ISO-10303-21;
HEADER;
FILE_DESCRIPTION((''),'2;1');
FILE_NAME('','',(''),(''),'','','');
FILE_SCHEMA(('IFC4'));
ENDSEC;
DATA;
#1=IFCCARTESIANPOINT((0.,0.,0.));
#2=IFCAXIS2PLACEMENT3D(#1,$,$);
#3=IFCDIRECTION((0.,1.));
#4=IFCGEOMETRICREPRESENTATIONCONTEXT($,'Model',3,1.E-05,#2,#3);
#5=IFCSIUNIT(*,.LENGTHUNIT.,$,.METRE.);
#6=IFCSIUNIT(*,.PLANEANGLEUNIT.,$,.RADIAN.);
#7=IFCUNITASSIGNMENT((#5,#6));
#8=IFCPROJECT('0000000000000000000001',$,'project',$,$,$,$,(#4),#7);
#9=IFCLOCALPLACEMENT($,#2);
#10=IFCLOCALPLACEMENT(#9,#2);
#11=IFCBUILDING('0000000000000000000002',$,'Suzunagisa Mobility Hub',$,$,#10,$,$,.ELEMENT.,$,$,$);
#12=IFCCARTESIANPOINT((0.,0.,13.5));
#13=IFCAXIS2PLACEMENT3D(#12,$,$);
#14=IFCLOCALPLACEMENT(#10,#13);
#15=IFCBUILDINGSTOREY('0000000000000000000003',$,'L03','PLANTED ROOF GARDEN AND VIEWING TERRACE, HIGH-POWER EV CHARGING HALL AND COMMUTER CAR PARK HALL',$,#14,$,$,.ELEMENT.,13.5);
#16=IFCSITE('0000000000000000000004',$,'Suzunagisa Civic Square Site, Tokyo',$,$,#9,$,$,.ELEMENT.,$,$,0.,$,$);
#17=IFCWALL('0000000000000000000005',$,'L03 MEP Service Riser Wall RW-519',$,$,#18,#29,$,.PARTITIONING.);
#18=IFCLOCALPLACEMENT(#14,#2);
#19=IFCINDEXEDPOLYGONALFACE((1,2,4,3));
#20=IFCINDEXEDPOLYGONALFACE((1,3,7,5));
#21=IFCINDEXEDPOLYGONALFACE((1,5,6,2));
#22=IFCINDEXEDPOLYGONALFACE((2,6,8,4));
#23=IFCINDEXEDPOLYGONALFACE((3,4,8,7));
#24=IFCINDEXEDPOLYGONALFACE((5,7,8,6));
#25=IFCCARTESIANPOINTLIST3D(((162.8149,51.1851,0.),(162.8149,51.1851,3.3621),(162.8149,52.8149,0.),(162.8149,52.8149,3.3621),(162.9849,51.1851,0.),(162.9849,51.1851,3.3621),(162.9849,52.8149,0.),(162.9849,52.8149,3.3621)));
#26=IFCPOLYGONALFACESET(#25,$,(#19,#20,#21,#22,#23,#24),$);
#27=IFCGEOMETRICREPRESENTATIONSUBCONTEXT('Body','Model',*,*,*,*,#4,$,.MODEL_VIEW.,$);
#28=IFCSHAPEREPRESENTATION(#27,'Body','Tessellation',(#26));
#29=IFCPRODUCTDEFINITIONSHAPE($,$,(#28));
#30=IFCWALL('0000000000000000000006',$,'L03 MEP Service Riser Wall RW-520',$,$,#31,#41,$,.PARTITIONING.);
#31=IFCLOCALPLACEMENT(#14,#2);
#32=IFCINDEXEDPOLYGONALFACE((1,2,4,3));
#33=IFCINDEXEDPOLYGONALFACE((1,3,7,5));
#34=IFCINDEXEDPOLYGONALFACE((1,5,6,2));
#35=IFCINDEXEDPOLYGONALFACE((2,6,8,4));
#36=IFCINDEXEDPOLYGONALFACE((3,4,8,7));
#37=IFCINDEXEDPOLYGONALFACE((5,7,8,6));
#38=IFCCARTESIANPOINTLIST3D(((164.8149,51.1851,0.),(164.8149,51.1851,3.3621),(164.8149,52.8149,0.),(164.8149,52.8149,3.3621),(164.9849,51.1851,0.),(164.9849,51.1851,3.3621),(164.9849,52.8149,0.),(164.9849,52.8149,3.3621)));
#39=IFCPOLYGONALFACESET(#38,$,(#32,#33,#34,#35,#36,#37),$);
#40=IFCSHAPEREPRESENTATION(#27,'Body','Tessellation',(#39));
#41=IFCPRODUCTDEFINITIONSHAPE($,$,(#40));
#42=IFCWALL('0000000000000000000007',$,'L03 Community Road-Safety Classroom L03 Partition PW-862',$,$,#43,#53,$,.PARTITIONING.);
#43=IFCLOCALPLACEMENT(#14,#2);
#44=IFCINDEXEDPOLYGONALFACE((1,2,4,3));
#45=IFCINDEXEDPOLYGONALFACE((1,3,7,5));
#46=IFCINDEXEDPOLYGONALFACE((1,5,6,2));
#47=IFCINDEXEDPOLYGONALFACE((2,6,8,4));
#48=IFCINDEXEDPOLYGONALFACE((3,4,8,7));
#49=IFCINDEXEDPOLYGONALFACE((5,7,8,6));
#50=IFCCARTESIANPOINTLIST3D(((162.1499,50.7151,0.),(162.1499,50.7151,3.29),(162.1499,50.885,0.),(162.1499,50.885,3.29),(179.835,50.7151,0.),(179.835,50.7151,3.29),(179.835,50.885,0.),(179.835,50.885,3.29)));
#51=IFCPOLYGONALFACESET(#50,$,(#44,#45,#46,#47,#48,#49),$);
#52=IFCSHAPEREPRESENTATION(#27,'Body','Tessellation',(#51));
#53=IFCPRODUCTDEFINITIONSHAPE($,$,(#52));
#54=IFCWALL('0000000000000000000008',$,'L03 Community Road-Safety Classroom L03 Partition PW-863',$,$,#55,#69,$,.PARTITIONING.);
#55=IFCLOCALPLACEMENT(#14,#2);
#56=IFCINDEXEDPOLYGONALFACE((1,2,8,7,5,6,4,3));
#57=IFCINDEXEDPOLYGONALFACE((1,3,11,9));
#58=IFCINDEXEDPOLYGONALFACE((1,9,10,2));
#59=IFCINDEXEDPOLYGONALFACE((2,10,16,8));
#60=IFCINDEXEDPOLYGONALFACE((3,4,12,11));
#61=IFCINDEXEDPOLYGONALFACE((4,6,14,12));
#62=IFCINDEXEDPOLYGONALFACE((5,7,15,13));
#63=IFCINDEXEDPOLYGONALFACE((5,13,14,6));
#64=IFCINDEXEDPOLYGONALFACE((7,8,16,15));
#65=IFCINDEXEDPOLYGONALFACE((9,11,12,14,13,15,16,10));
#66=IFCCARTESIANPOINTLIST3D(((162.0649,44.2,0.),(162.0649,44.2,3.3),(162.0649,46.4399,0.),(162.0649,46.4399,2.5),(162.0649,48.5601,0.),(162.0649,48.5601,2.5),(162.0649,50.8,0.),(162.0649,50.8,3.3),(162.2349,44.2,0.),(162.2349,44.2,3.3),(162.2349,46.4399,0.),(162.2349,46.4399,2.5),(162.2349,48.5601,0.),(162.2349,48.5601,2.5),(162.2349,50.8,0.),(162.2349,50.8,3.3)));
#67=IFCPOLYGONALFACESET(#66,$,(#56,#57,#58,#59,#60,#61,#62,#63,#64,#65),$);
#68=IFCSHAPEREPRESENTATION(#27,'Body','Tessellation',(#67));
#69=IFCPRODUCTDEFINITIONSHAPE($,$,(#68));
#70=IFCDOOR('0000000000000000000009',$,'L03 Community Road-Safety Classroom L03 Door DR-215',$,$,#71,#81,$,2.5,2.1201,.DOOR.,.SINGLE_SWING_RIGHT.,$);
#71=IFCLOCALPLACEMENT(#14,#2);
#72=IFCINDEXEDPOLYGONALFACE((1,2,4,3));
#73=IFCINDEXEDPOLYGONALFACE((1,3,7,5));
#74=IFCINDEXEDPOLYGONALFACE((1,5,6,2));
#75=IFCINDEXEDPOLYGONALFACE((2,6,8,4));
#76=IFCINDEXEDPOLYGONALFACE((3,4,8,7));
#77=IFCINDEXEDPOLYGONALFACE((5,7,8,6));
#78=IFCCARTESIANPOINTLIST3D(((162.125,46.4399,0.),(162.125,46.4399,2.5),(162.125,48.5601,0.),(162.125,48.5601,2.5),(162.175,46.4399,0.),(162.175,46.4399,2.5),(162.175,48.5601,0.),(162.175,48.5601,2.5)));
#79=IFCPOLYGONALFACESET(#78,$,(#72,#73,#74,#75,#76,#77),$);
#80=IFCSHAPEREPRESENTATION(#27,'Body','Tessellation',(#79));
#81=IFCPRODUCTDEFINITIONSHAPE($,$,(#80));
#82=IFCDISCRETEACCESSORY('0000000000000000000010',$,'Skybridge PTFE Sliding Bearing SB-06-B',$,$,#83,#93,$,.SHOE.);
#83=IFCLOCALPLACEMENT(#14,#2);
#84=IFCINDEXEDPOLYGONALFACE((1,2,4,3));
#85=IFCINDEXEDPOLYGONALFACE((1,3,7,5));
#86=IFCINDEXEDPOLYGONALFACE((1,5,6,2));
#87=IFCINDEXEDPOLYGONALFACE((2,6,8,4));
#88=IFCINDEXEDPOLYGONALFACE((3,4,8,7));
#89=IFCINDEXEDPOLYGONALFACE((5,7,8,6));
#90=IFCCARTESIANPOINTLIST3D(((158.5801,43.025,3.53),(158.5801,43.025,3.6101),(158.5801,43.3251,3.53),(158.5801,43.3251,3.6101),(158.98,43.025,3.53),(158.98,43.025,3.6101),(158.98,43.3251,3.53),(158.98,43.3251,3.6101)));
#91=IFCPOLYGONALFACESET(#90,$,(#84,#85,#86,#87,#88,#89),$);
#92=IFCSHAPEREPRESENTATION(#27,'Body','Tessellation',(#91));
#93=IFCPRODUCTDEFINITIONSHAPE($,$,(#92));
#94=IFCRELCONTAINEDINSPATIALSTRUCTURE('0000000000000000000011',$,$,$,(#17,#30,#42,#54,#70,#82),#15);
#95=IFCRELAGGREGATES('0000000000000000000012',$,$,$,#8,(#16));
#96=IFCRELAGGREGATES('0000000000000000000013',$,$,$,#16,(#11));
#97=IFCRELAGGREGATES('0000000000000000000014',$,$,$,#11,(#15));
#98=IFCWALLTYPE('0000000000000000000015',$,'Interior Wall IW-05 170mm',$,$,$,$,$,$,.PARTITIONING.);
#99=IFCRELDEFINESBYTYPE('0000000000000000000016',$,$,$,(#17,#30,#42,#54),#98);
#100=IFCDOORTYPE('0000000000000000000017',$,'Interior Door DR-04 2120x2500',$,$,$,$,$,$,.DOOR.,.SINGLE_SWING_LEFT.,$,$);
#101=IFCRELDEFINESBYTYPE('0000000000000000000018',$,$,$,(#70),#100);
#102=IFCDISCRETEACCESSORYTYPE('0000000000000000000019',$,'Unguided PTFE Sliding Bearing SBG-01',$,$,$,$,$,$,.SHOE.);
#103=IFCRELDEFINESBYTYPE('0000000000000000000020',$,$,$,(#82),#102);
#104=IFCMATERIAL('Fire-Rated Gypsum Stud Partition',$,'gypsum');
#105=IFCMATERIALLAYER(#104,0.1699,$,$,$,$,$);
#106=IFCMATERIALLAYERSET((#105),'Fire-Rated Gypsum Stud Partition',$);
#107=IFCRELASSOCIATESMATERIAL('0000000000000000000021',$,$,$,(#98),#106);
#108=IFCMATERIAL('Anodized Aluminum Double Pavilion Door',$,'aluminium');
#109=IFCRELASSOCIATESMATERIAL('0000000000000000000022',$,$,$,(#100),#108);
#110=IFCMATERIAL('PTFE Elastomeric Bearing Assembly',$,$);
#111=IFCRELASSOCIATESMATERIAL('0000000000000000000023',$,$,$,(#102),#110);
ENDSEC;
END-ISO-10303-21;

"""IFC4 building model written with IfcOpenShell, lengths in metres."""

from ifc_helpers import new_model, si_unit, direction, frame, frame_2d, origin, origin_2d, place, context, subcontext, project, spatial, rectangle, extrude, material, layer, layer_set, type_object, element, fill, save


model = new_model("IFC4")

# Units and contexts
model_context = context("Model", 3, precision=1e-05, world=origin(), true_north=direction((0.0, 1.0)))
body_context = subcontext(model_context, "Body", "Model", "MODEL_VIEW")
ifc_project = project(units=[si_unit("LENGTHUNIT", "METRE"), si_unit("PLANEANGLEUNIT", "RADIAN")], contexts=[model_context])

# Site, building, storey
site_placement = place(None, origin())
site = spatial("IfcSite", under=ifc_project, at=site_placement, Name="Suzunagisa Civic Square Site, Tokyo", CompositionType="ELEMENT", RefElevation=0.0)
building_placement = place(site_placement, origin())
building = spatial("IfcBuilding", under=site, at=building_placement, Name="Suzunagisa Mobility Hub", CompositionType="ELEMENT")
storey_placement = place(building_placement, frame((0.0, 0.0, 13.5)))
storey = spatial("IfcBuildingStorey", under=building, at=storey_placement, Name="L03", Description="PLANTED ROOF GARDEN AND VIEWING TERRACE, HIGH-POWER EV CHARGING HALL AND COMMUTER CAR PARK HALL", CompositionType="ELEMENT", Elevation=13.5)

# Walls
ifc_material_1 = material(Name="Fire-Rated Gypsum Stud Partition", Category="gypsum")
ifc_layer_1 = layer(ifc_material_1, 0.1699)
ifc_layer_set_1 = layer_set([ifc_layer_1], Name="Fire-Rated Gypsum Stud Partition")
wall_type = type_object("IfcWallType", Name="Interior Wall IW-05 170mm", PredefinedType="PARTITIONING", material=ifc_layer_set_1)
for number, where, z_axis, x_axis, name in (
    (1, (162.8999, 51.1851, 0.0), (0.0, 0.0, 1.0), (0.0, 1.0, 0.0), "L03 MEP Service Riser Wall RW-519"),
    (2, (164.8999, 51.1851, 0.0), (0.0, 0.0, 1.0), (0.0, 1.0, 0.0), "L03 MEP Service Riser Wall RW-520"),
):
    element("IfcWall", number, at=place(storey_placement, frame(where, z_axis=z_axis, x_axis=x_axis)), inside=storey, type_object=wall_type, Name=name, PredefinedType="PARTITIONING", context=body_context, shape_type="SweptSolid", body=[
        extrude(rectangle(XDim=1.6299, YDim=0.1699, at=frame_2d((0.8149, 0.0))), origin(), (0.0, 0.0, 1.0), 3.3621),
    ])
wall_1_placement = place(storey_placement, frame((162.1499, 50.8, 0.0), z_axis=(0.0, 0.0, 1.0), x_axis=(1.0, 0.0, 0.0)))
element("IfcWall", 3, at=wall_1_placement, inside=storey, type_object=wall_type, Name="L03 Community Road-Safety Classroom L03 Partition PW-862", PredefinedType="PARTITIONING", context=body_context, shape_type="SweptSolid", body=[
    extrude(rectangle(XDim=17.6851, YDim=0.1699, at=frame_2d((8.8425, 0.0))), origin(), (0.0, 0.0, 1.0), 3.29),
])

# Wall, opening, door
wall_2_placement = place(storey_placement, frame((162.1499, 44.2, 0.0), z_axis=(0.0, 0.0, 1.0), x_axis=(0.0, 1.0, 0.0)))
wall_2 = element("IfcWall", 4, at=wall_2_placement, inside=storey, type_object=wall_type, Name="L03 Community Road-Safety Classroom L03 Partition PW-863", PredefinedType="PARTITIONING", context=body_context, shape_type="SweptSolid", body=[
    extrude(rectangle(XDim=6.6001, YDim=0.1699, at=frame_2d((3.3, 0.0))), origin(), (0.0, 0.0, 1.0), 3.3),
])
opening_placement = place(wall_2_placement, frame((2.24, 0.0, 0.0)))
opening = element("IfcOpeningElement", 5, at=opening_placement, cuts=wall_2, PredefinedType="OPENING", context=body_context, shape_type="SweptSolid", body=[
    extrude(rectangle(XDim=2.1201, YDim=2.5, at=frame_2d((1.0601, 1.25))), frame((0.0, 0.0959, 0.0), z_axis=(0.0, -1.0, 0.0), x_axis=(1.0, 0.0, 0.0)), (0.0, 0.0, 1.0), 0.1919),
])
ifc_material_2 = material(Name="Anodized Aluminum Double Pavilion Door", Category="aluminium")
door_type = type_object("IfcDoorType", Name="Interior Door DR-04 2120x2500", OperationType="SINGLE_SWING_LEFT", PredefinedType="DOOR", material=ifc_material_2)
door_placement = place(opening_placement, origin())
door = element("IfcDoor", 6, at=door_placement, inside=storey, type_object=door_type, Name="L03 Community Road-Safety Classroom L03 Door DR-215", OperationType="SINGLE_SWING_RIGHT", OverallHeight=2.5, OverallWidth=2.1201, PredefinedType="DOOR", context=body_context, shape_type="SweptSolid", body=[
    extrude(rectangle(XDim=2.1201, YDim=2.5, at=frame_2d((1.0601, 1.25))), frame((0.0, 0.0249, 0.0), z_axis=(0.0, -1.0, 0.0), x_axis=(1.0, 0.0, 0.0)), (0.0, 0.0, 1.0), 0.05),
])
fill(opening, door)

# Discrete accessory
ifc_material_3 = material(Name="PTFE Elastomeric Bearing Assembly")
discrete_accessory_type = type_object("IfcDiscreteAccessoryType", Name="Unguided PTFE Sliding Bearing SBG-01", PredefinedType="SHOE", material=ifc_material_3)
discrete_accessory_placement = place(storey_placement, frame((158.78, 43.175, 3.53), z_axis=(0.0, 0.0, 1.0), x_axis=(1.0, 0.0, 0.0)))
element("IfcDiscreteAccessory", 7, at=discrete_accessory_placement, inside=storey, type_object=discrete_accessory_type, Name="Skybridge PTFE Sliding Bearing SB-06-B", PredefinedType="SHOE", context=body_context, shape_type="SweptSolid", body=[
    extrude(rectangle(XDim=0.3999, YDim=0.3, at=origin_2d()), origin(), (0.0, 0.0, 1.0), 0.0801),
])

save(model, "model.ifc")
